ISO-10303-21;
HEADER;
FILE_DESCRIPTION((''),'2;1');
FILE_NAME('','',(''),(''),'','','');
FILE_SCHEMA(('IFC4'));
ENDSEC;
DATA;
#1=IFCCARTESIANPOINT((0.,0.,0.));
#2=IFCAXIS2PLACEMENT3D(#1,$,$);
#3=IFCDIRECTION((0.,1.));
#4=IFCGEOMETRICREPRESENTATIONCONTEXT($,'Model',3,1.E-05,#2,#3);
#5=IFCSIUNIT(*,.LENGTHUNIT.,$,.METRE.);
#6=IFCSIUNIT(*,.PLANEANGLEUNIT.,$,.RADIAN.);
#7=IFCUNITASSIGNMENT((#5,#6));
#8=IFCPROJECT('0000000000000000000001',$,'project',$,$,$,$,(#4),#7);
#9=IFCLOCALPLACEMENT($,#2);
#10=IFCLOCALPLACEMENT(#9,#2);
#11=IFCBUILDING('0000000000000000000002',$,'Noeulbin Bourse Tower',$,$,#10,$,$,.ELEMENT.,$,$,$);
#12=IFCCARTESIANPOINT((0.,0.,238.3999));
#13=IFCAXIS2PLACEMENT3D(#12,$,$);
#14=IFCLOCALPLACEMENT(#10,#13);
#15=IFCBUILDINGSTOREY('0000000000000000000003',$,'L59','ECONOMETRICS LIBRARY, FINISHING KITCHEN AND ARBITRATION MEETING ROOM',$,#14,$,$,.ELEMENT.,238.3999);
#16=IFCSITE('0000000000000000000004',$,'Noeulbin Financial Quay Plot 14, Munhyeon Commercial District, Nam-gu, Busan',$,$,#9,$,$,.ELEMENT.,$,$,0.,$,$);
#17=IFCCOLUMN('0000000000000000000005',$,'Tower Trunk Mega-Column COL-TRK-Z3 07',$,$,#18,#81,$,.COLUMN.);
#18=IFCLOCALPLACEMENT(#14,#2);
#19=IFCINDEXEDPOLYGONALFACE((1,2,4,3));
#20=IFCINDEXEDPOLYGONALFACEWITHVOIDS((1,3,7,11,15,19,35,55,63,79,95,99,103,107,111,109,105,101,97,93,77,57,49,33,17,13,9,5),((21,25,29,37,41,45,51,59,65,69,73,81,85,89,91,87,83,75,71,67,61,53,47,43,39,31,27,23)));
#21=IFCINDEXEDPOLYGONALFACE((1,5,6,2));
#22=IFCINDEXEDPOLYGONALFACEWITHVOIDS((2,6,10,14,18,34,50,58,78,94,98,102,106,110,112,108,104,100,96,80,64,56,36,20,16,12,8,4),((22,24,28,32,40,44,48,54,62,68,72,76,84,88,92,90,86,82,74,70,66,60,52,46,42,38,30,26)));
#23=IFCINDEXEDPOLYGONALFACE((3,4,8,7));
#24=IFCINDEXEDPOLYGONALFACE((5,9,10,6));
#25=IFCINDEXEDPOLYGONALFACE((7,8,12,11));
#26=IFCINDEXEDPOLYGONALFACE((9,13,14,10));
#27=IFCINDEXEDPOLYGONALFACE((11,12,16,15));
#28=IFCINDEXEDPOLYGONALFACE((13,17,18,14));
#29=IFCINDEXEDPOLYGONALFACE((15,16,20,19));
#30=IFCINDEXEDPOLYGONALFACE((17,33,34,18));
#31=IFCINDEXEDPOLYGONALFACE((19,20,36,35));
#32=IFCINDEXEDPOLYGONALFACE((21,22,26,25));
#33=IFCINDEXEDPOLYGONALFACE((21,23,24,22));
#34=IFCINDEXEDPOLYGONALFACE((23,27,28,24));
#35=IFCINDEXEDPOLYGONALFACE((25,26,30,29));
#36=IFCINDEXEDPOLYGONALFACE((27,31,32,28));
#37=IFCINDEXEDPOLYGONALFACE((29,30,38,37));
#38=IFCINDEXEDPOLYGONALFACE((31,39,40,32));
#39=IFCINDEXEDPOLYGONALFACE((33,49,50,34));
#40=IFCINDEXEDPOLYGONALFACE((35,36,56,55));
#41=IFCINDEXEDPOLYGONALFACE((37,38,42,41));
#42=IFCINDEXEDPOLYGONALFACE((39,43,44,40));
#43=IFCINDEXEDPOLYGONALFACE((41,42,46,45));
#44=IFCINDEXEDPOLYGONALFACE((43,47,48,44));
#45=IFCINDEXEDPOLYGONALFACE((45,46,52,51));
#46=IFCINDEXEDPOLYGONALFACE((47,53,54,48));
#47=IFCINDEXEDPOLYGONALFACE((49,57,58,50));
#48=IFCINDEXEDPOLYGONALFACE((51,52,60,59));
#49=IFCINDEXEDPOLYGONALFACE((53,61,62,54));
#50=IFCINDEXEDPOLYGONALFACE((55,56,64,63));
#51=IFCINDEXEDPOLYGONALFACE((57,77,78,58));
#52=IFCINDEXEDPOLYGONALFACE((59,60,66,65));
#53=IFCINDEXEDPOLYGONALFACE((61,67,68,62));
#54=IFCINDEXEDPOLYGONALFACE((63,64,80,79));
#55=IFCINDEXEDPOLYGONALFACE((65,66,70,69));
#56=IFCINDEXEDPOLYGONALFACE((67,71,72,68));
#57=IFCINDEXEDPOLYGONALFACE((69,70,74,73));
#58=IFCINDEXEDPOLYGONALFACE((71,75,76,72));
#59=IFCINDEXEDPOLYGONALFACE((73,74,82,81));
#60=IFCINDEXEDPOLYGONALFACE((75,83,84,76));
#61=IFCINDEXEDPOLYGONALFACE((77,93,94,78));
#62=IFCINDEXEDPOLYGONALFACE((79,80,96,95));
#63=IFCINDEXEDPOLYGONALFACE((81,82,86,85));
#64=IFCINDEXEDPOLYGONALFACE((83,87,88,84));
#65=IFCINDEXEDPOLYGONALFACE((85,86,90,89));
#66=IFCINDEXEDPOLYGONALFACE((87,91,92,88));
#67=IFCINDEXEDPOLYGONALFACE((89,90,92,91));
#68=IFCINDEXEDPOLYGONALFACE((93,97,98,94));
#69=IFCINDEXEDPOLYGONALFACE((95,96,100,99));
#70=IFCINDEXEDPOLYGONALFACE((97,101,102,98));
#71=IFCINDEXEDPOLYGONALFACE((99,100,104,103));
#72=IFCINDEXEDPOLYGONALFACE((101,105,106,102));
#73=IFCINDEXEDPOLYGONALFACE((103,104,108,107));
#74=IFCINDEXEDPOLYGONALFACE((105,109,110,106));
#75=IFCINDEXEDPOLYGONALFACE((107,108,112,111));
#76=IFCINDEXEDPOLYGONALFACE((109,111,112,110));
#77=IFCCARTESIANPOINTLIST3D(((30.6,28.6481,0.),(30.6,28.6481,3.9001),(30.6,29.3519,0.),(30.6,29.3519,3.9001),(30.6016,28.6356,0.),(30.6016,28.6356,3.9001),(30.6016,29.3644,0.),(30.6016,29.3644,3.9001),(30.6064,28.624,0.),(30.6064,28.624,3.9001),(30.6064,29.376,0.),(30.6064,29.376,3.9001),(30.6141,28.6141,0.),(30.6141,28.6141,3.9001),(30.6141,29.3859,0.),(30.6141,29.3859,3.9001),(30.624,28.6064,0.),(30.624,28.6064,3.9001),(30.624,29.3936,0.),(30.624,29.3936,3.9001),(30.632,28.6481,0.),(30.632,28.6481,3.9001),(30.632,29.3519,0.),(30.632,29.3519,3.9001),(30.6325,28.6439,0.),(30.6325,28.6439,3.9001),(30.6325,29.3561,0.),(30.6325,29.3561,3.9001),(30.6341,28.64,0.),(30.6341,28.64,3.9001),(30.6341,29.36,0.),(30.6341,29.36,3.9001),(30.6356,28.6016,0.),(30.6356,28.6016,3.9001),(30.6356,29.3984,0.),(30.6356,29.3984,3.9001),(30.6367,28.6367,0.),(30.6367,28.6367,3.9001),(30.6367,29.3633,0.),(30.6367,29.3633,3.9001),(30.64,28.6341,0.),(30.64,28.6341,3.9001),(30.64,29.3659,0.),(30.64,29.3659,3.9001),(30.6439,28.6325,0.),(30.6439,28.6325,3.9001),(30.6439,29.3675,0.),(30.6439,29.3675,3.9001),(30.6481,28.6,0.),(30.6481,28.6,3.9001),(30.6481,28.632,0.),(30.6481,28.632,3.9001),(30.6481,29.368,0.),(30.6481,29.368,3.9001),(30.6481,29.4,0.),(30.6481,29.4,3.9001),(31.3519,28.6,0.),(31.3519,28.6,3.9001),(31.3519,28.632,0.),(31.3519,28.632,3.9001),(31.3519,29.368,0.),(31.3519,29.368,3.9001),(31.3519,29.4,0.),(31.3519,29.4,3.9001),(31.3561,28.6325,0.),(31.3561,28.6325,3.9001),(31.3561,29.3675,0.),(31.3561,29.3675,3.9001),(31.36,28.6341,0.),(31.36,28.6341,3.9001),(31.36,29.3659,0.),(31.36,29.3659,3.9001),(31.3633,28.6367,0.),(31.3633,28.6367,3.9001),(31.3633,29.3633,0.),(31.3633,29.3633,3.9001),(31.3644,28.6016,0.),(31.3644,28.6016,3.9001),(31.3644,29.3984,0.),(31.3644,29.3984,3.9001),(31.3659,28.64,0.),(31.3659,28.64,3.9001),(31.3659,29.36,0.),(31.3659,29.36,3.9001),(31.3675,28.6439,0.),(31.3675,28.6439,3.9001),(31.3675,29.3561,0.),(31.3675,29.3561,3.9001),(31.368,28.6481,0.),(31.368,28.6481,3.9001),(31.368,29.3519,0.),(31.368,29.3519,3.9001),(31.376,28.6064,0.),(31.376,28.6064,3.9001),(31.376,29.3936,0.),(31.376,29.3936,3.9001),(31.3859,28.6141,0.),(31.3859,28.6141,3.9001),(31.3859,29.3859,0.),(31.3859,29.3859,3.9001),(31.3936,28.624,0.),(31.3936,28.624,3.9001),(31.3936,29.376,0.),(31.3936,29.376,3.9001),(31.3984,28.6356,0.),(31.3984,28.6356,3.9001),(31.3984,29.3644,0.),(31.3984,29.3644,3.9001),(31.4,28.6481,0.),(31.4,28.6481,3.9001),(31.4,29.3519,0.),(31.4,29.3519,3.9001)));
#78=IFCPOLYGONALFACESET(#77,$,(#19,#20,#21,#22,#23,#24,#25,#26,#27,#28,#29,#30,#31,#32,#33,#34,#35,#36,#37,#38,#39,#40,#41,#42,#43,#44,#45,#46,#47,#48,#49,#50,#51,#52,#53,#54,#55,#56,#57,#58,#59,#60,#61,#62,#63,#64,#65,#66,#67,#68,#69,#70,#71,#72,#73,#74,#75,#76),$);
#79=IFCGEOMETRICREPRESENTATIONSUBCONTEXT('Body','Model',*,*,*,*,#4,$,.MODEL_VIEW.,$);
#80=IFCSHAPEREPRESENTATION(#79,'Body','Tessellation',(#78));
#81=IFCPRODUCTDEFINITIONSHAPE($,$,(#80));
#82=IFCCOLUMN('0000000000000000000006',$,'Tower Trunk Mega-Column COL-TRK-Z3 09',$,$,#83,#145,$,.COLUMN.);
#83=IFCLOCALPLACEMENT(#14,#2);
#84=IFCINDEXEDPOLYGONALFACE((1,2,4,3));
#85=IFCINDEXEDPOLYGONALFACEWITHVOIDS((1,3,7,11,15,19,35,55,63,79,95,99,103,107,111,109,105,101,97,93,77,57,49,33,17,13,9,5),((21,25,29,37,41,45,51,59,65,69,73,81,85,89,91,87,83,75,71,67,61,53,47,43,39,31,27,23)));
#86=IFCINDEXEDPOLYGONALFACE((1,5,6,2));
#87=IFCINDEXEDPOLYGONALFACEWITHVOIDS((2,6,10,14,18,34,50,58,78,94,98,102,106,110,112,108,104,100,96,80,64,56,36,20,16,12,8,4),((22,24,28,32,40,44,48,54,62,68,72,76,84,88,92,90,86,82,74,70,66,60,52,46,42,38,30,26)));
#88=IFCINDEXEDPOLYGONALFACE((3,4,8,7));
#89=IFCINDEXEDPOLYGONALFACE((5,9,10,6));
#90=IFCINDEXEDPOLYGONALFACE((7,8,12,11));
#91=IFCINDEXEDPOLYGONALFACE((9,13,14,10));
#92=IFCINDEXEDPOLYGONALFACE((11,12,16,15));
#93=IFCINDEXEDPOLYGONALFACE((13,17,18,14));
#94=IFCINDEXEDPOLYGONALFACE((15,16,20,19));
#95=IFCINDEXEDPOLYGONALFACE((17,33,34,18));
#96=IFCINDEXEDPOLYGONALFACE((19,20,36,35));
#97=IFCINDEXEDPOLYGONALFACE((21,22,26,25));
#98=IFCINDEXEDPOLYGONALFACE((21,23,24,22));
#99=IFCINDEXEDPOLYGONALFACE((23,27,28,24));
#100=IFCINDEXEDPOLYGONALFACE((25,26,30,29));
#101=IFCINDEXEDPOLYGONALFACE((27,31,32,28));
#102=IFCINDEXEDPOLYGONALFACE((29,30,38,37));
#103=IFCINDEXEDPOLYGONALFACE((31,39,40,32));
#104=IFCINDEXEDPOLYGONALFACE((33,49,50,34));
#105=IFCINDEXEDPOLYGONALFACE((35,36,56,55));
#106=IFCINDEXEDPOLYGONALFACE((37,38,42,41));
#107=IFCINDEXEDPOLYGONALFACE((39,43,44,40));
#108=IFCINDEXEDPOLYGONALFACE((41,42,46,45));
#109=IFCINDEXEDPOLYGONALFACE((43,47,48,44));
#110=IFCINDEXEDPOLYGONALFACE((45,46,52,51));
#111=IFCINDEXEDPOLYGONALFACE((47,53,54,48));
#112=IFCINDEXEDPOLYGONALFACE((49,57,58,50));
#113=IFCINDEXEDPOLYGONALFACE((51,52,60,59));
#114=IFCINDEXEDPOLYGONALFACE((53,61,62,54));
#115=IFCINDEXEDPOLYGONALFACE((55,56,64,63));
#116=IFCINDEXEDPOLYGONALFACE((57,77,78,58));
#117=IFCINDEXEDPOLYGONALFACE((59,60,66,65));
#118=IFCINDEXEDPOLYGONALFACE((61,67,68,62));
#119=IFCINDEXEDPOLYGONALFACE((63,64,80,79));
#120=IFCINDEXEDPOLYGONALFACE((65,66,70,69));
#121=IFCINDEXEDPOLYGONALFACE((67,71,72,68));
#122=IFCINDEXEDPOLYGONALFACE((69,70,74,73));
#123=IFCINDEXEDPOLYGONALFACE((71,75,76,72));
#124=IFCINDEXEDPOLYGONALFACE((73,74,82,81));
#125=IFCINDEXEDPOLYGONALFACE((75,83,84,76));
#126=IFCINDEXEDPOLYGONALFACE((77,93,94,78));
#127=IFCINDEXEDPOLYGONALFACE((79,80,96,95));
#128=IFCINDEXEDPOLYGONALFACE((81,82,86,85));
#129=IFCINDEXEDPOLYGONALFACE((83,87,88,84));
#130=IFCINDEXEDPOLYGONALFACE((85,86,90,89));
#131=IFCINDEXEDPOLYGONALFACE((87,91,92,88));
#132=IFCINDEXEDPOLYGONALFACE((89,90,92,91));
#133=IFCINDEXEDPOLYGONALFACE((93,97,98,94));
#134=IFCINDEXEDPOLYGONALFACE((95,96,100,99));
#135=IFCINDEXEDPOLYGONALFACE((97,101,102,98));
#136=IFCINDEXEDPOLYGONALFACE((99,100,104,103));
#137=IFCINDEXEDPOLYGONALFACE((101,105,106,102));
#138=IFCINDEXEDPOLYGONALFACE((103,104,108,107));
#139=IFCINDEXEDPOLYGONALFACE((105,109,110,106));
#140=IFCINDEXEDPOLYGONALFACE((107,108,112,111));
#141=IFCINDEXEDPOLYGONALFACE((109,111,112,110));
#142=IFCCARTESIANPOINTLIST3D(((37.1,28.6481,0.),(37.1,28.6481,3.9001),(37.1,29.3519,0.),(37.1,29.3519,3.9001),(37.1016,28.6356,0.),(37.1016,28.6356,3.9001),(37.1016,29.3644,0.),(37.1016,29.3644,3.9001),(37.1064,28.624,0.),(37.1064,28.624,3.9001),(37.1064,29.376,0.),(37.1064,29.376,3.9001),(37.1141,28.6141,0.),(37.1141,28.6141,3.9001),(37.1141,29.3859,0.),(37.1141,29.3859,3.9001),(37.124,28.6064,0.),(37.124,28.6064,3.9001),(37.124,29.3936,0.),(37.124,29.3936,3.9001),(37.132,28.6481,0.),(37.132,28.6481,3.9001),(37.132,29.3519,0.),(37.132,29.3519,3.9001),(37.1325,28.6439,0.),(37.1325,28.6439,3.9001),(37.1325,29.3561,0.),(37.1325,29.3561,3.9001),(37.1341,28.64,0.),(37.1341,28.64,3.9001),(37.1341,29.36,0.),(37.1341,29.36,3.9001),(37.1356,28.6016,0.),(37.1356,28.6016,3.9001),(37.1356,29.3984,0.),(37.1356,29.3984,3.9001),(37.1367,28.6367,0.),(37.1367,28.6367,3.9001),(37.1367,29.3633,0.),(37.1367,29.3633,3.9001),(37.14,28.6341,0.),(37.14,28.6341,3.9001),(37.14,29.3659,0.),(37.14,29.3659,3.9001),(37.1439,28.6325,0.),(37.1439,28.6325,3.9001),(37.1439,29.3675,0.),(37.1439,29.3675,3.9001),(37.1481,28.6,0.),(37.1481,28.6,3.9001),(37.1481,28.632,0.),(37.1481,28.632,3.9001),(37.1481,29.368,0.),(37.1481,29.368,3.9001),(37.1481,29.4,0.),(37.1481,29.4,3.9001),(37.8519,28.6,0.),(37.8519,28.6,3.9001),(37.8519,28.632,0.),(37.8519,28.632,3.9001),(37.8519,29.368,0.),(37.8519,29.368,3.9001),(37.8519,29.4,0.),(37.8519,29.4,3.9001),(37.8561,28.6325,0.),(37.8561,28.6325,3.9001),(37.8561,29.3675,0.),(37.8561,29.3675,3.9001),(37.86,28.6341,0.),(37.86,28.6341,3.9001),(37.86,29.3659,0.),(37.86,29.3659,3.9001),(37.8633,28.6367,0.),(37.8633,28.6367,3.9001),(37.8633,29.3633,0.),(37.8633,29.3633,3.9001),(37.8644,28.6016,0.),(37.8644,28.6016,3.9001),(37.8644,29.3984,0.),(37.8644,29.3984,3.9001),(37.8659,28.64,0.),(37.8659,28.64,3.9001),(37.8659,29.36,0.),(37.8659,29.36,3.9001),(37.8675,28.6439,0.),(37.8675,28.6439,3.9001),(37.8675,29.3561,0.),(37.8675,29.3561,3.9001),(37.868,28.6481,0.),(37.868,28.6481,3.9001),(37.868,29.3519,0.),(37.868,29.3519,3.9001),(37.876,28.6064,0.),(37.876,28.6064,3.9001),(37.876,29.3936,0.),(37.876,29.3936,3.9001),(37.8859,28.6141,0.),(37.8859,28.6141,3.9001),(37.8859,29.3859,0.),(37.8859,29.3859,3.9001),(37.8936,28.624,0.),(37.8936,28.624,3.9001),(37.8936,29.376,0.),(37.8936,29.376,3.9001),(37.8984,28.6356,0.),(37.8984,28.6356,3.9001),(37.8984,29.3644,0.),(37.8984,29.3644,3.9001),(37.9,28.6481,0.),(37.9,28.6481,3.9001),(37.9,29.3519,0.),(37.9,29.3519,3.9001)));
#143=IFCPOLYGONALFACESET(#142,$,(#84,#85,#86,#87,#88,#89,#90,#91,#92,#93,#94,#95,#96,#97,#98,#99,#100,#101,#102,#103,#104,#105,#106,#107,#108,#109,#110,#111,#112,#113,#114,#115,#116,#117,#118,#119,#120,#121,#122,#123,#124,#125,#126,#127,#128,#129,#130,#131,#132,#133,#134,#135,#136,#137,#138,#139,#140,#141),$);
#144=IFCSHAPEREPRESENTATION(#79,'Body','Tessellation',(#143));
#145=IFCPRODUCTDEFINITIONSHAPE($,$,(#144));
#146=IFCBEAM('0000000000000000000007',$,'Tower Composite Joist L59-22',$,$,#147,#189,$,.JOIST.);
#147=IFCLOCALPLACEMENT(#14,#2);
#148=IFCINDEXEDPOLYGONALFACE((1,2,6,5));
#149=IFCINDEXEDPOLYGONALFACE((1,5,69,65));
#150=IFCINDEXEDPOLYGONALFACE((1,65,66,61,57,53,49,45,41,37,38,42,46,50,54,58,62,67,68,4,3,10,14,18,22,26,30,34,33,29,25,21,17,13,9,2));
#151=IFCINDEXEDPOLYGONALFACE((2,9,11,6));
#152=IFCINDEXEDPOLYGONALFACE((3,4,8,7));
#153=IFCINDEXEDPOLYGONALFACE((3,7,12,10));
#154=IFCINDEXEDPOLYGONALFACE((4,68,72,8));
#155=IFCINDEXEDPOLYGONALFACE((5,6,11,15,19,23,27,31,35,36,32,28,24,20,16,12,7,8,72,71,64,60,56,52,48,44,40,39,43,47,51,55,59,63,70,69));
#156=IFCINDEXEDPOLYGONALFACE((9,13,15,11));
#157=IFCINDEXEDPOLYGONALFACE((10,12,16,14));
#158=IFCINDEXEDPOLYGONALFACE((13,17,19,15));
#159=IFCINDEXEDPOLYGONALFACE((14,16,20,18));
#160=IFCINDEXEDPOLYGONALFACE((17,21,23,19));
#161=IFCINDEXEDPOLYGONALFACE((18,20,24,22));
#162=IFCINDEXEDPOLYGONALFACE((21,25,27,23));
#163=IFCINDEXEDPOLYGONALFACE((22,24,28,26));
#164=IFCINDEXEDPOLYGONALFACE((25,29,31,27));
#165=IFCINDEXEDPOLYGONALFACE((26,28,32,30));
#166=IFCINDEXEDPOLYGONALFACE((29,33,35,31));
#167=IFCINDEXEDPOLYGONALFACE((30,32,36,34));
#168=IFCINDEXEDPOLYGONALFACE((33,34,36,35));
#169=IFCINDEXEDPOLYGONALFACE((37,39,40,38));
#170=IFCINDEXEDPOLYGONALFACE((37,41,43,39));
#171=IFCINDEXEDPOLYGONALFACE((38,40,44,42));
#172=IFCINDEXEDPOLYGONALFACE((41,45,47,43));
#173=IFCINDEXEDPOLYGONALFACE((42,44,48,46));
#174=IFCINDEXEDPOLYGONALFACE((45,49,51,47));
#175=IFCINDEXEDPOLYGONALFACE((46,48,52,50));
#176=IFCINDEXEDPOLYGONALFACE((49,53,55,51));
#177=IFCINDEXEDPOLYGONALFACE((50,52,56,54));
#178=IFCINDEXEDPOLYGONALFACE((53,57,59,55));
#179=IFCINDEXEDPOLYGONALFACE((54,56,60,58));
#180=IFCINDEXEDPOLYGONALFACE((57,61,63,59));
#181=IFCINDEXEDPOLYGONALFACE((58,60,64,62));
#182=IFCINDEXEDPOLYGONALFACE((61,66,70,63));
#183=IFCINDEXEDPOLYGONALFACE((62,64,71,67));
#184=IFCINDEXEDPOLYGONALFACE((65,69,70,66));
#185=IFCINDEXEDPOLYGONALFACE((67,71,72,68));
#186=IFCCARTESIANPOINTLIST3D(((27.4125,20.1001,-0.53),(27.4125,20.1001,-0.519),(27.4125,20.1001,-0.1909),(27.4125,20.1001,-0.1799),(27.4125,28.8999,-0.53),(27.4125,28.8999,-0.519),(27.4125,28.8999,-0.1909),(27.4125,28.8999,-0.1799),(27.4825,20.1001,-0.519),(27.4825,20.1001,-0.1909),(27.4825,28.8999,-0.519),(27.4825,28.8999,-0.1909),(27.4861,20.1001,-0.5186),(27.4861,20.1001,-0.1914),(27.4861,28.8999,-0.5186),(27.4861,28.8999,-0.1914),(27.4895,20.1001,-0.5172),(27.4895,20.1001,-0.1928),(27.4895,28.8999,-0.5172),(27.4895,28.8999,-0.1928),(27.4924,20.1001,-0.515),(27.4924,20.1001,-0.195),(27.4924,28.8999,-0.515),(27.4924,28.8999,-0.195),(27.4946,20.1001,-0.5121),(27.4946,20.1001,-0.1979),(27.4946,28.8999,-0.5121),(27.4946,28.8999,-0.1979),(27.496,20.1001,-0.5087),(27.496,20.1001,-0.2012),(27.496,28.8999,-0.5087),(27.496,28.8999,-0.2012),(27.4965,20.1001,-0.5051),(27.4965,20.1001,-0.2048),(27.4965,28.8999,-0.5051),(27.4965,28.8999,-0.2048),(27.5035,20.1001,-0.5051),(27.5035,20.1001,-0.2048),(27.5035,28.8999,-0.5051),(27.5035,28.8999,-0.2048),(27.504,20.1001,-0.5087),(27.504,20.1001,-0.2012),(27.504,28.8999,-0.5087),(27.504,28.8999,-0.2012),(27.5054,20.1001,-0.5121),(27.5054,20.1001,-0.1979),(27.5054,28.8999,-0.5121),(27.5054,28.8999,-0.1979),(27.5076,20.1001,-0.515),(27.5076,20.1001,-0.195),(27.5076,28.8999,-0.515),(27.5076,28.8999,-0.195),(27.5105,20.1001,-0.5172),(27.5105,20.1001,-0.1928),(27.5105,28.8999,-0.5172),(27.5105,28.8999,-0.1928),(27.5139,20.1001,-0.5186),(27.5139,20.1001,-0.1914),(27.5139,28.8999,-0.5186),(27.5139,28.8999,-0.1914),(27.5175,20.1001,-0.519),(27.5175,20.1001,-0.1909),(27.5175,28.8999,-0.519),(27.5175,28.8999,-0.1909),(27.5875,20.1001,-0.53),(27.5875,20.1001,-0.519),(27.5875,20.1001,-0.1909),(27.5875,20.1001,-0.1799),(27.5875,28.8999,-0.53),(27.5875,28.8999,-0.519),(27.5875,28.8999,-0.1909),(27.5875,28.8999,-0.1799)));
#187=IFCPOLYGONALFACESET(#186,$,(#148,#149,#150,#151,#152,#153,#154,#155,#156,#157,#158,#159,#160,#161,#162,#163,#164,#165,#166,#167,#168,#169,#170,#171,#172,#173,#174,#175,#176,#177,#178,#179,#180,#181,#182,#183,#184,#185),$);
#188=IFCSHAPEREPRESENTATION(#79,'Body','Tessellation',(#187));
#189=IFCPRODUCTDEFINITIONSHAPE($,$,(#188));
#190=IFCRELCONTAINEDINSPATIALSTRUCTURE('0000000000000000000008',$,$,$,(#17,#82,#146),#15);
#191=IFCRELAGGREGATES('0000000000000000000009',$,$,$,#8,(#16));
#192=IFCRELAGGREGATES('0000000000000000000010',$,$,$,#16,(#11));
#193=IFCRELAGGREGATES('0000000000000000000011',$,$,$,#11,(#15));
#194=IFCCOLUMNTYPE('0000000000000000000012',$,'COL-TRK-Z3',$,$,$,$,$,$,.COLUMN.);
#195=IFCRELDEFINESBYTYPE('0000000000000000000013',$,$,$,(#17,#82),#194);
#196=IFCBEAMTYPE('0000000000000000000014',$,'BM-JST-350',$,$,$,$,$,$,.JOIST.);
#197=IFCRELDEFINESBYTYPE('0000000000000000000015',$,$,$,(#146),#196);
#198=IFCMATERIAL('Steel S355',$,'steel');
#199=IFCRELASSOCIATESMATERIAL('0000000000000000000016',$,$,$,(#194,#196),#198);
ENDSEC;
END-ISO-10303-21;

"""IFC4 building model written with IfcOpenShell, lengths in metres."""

from ifc_helpers import new_model, si_unit, direction, frame, origin, origin_2d, place, context, subcontext, project, spatial, hollow_rectangle, i_section, extrude, material, material_profile, profile_set, type_object, element, save


model = new_model("IFC4")

# Units and contexts
model_context = context("Model", 3, precision=1e-05, world=origin(), true_north=direction((0.0, 1.0)))
body_context = subcontext(model_context, "Body", "Model", "MODEL_VIEW")
ifc_project = project(units=[si_unit("LENGTHUNIT", "METRE"), si_unit("PLANEANGLEUNIT", "RADIAN")], contexts=[model_context])

# Site, building, storey
site_placement = place(None, origin())
site = spatial("IfcSite", under=ifc_project, at=site_placement, Name="Noeulbin Financial Quay Plot 14, Munhyeon Commercial District, Nam-gu, Busan", CompositionType="ELEMENT", RefElevation=0.0)
building_placement = place(site_placement, origin())
building = spatial("IfcBuilding", under=site, at=building_placement, Name="Noeulbin Bourse Tower", CompositionType="ELEMENT")
storey_placement = place(building_placement, frame((0.0, 0.0, 238.3999)))
storey = spatial("IfcBuildingStorey", under=building, at=storey_placement, Name="L59", Description="ECONOMETRICS LIBRARY, FINISHING KITCHEN AND ARBITRATION MEETING ROOM", CompositionType="ELEMENT", Elevation=238.3999)

# Columns
ifc_material_1 = material(Name="Steel S355", Category="steel")
ifc_material_profile_1 = material_profile(ifc_material_1, hollow_rectangle(XDim=0.8, YDim=0.8, WallThickness=0.032, InnerFilletRadius=0.0161, OuterFilletRadius=0.0481, at=origin_2d()), Name="BOX-800x800x32", Category="LoadBearing")
ifc_profile_set_1 = profile_set([ifc_material_profile_1], Name="Steel S355")
column_type = type_object("IfcColumnType", Name="COL-TRK-Z3", PredefinedType="COLUMN", material=ifc_profile_set_1)
for number, where, z_axis, x_axis, name in (
    (1, (31.0, 29.0, 0.0), (0.0, 0.0, 1.0), (1.0, 0.0, 0.0), "Tower Trunk Mega-Column COL-TRK-Z3 07"),
    (2, (37.5, 29.0, 0.0), (0.0, 0.0, 1.0), (1.0, 0.0, 0.0), "Tower Trunk Mega-Column COL-TRK-Z3 09"),
):
    element("IfcColumn", number, at=place(storey_placement, frame(where, z_axis=z_axis, x_axis=x_axis)), inside=storey, type_object=column_type, Name=name, PredefinedType="COLUMN", context=body_context, shape_type="SweptSolid", body=[
        extrude(hollow_rectangle(XDim=0.8, YDim=0.8, WallThickness=0.032, InnerFilletRadius=0.0161, OuterFilletRadius=0.0481, at=origin_2d()), origin(), (0.0, 0.0, 1.0), 3.9001),
    ])

# Beam
ifc_material_profile_2 = material_profile(ifc_material_1, i_section(OverallWidth=0.175, OverallDepth=0.3501, WebThickness=0.0071, FlangeThickness=0.011, FilletRadius=0.0139, at=origin_2d()), Name="H-350x175x7x11", Category="LoadBearing")
ifc_profile_set_2 = profile_set([ifc_material_profile_2], Name="Steel S355")
beam_type = type_object("IfcBeamType", Name="BM-JST-350", PredefinedType="JOIST", material=ifc_profile_set_2)
for number, where, z_axis, x_axis, name in (
    (3, (27.5, 20.1001, -0.355), (0.0, 1.0, 0.0), (-1.0, 0.0, 0.0), "Tower Composite Joist L59-22"),
):
    element("IfcBeam", number, at=place(storey_placement, frame(where, z_axis=z_axis, x_axis=x_axis)), inside=storey, type_object=beam_type, Name=name, PredefinedType="JOIST", context=body_context, shape_type="SweptSolid", body=[
        extrude(i_section(OverallWidth=0.175, OverallDepth=0.3501, WebThickness=0.0071, FlangeThickness=0.011, FilletRadius=0.0139, at=origin_2d()), origin(), (0.0, 0.0, 1.0), 8.7998),
    ])

save(model, "model.ifc")
